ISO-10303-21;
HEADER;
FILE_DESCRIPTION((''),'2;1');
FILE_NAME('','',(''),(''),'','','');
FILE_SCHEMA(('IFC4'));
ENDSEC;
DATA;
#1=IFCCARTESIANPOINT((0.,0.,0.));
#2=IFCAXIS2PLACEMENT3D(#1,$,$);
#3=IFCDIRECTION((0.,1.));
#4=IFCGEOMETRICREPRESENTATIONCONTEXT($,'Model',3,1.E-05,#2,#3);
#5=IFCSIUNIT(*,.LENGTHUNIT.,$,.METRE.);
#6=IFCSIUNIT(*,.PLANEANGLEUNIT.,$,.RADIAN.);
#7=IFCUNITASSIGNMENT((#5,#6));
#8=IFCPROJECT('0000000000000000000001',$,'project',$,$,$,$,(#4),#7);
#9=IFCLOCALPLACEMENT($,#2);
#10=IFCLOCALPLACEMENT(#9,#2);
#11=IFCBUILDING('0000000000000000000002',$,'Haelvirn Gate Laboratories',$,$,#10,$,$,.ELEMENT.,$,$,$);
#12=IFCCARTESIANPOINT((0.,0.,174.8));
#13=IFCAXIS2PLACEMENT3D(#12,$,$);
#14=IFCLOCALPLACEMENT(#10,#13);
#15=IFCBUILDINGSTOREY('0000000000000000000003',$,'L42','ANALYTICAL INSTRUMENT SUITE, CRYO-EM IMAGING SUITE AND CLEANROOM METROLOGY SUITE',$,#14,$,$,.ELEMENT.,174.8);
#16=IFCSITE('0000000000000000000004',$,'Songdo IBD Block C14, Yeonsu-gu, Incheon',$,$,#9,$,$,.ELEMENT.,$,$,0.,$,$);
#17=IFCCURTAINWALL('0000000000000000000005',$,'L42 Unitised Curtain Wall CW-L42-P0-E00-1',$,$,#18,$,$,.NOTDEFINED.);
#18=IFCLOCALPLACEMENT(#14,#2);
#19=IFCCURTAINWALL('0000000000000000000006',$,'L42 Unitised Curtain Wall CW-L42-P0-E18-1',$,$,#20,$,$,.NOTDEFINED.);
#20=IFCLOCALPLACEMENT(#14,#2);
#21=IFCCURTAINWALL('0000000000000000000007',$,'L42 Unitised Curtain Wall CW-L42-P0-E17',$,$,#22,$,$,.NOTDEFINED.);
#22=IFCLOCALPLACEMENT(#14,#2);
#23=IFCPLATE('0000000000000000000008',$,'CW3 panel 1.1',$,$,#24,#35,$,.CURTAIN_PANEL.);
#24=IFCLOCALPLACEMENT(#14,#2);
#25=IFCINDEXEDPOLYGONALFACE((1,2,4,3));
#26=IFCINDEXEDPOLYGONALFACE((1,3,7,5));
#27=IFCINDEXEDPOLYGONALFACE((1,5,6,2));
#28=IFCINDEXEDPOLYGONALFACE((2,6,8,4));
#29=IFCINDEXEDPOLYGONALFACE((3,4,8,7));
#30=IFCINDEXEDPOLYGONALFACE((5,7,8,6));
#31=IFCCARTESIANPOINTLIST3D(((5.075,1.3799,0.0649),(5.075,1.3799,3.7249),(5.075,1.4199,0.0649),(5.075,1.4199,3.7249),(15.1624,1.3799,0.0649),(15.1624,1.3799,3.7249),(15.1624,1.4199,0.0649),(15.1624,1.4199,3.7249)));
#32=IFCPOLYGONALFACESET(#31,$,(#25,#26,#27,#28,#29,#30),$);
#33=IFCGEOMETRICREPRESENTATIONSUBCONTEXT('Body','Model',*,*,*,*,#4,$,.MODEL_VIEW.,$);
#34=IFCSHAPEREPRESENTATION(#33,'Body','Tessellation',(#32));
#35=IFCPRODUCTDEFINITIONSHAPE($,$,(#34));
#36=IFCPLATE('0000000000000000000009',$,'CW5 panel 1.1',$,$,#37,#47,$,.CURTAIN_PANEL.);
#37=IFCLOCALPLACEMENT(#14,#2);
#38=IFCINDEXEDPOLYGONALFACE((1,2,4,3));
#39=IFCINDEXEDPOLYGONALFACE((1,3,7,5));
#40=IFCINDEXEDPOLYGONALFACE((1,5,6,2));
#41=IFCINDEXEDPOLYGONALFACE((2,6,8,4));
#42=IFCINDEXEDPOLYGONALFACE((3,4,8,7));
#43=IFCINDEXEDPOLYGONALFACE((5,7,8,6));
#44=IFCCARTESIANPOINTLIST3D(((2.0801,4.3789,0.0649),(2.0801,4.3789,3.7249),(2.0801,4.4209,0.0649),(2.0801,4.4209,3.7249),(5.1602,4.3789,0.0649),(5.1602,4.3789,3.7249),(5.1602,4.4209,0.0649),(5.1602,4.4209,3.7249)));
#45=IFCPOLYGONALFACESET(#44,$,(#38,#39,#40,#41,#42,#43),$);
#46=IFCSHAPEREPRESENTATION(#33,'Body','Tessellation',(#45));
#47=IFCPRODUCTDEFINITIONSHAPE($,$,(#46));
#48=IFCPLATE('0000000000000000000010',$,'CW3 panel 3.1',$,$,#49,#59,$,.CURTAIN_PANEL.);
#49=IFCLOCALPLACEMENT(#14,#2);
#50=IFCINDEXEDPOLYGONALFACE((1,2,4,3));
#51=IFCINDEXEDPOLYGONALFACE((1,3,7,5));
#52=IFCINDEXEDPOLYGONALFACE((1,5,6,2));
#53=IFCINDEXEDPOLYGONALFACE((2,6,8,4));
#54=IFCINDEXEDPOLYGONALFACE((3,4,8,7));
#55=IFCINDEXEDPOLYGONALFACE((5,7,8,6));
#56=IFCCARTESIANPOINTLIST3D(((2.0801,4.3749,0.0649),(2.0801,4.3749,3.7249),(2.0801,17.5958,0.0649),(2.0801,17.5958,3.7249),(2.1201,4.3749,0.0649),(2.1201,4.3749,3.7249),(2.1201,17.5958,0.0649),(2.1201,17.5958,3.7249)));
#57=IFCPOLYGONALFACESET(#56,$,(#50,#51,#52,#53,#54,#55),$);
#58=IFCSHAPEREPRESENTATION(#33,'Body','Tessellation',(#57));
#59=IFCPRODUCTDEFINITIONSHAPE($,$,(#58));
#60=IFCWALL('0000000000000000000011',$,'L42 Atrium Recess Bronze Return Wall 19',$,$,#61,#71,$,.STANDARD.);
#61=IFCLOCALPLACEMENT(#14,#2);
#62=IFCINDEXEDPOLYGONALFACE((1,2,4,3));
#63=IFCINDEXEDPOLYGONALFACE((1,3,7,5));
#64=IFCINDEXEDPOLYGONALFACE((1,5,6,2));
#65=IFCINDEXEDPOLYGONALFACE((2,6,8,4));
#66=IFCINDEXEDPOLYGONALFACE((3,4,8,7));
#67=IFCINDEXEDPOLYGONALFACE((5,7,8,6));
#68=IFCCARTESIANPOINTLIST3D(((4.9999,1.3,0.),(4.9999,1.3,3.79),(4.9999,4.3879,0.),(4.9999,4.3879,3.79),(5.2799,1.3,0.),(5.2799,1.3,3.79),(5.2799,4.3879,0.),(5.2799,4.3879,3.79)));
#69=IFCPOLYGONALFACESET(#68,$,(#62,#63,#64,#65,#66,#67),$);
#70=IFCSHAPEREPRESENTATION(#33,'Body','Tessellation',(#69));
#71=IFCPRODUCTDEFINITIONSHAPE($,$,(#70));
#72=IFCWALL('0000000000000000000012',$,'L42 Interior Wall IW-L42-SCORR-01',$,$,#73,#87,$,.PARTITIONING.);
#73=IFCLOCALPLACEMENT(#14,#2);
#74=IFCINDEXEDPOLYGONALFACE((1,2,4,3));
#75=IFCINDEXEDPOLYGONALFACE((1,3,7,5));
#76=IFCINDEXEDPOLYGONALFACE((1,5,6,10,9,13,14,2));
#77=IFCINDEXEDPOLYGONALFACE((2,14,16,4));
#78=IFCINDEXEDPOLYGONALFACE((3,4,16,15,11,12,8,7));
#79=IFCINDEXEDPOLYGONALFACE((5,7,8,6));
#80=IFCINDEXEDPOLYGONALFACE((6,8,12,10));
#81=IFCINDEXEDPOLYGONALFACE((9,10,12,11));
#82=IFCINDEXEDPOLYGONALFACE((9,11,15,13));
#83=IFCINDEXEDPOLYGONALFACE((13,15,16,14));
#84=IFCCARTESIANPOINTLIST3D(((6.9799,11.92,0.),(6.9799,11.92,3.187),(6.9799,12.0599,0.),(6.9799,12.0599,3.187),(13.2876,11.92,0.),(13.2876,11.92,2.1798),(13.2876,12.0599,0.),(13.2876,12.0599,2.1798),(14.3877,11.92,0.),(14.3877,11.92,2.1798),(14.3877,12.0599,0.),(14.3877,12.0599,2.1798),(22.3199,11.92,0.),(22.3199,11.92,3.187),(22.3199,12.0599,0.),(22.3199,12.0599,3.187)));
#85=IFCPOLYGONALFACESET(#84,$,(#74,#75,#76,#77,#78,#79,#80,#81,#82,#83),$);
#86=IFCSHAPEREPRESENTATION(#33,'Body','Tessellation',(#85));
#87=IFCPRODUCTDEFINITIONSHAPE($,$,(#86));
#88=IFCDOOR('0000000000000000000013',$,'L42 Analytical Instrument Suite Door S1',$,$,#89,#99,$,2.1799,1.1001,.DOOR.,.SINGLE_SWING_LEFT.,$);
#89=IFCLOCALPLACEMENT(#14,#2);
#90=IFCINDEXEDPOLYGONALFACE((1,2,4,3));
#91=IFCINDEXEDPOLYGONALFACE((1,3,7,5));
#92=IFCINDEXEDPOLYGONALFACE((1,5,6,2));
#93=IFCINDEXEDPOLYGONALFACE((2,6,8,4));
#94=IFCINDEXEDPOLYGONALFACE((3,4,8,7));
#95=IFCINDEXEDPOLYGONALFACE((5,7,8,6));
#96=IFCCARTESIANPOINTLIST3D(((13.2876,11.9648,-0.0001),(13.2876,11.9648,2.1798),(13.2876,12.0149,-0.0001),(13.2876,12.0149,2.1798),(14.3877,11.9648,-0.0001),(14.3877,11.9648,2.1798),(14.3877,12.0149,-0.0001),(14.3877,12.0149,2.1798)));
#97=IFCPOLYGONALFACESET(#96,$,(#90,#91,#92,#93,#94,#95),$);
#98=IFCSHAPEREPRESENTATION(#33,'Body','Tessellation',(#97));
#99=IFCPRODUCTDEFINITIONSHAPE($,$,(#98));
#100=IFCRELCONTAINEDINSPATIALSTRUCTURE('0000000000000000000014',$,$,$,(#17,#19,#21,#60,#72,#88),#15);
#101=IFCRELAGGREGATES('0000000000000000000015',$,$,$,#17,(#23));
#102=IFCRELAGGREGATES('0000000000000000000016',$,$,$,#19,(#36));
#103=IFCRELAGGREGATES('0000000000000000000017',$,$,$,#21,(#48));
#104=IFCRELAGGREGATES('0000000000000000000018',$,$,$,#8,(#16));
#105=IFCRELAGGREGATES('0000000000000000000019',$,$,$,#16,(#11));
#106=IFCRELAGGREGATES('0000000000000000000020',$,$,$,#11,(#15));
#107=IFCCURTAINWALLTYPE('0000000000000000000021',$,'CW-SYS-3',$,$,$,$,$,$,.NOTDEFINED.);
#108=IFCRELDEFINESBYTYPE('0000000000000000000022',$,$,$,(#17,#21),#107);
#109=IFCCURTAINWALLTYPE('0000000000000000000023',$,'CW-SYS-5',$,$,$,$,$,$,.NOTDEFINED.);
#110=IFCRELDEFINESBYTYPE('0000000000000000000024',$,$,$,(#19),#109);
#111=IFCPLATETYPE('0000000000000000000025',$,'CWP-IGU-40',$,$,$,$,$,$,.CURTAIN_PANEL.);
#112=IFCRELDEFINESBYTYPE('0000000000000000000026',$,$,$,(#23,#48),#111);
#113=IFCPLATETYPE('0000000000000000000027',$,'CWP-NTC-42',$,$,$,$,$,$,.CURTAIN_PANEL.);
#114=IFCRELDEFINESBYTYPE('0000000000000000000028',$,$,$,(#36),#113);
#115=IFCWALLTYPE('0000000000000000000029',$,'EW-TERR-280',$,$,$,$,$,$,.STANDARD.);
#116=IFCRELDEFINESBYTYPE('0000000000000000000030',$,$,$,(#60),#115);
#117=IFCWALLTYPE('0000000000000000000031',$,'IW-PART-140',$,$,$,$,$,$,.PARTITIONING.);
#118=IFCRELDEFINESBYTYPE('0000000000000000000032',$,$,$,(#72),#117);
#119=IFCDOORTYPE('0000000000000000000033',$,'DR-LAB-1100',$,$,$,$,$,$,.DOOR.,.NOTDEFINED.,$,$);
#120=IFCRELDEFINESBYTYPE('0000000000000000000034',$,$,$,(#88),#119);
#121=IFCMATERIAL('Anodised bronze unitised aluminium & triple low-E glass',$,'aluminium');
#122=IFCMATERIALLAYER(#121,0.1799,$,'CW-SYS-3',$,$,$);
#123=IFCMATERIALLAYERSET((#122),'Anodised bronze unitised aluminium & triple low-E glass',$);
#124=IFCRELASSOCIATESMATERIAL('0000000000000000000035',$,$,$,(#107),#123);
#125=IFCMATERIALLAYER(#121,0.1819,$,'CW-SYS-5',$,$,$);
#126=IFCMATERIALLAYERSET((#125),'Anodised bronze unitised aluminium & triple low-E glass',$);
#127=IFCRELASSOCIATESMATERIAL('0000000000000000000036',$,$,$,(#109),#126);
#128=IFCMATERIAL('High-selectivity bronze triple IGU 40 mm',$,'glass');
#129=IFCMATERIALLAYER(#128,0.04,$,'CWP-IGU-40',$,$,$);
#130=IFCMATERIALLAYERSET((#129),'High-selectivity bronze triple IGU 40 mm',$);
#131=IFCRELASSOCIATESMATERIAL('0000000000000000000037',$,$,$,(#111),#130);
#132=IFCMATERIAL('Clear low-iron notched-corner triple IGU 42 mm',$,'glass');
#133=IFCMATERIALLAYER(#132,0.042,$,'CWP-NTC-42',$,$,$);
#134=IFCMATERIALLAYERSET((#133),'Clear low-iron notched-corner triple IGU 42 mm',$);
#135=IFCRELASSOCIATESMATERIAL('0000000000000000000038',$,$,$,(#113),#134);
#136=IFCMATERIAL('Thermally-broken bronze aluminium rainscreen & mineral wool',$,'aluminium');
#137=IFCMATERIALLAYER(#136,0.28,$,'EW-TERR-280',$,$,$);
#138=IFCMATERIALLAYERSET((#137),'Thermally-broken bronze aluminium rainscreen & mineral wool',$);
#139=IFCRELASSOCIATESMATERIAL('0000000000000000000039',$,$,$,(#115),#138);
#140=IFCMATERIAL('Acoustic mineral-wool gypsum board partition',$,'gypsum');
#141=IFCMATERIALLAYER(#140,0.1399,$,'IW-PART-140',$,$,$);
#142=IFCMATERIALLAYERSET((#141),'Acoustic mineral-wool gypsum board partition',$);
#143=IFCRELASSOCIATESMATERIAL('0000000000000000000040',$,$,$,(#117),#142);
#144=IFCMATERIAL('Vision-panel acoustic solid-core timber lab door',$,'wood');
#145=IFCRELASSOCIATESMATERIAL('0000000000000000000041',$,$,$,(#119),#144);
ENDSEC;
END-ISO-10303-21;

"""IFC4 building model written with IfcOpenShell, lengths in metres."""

from ifc_helpers import new_model, si_unit, direction, frame, frame_2d, origin, origin_2d, place, context, subcontext, project, spatial, rectangle, extrude, source, transform, mapped, material, layer, layer_set, type_object, type_shapes, element, fill, aggregate, save


model = new_model("IFC4")

# Units and contexts
model_context = context("Model", 3, precision=1e-05, world=origin(), true_north=direction((0.0, 1.0)))
body_context = subcontext(model_context, "Body", "Model", "MODEL_VIEW")
ifc_project = project(units=[si_unit("LENGTHUNIT", "METRE"), si_unit("PLANEANGLEUNIT", "RADIAN")], contexts=[model_context])

# Site, building, storey
site_placement = place(None, origin())
site = spatial("IfcSite", under=ifc_project, at=site_placement, Name="Songdo IBD Block C14, Yeonsu-gu, Incheon", CompositionType="ELEMENT", RefElevation=0.0)
building_placement = place(site_placement, origin())
building = spatial("IfcBuilding", under=site, at=building_placement, Name="Haelvirn Gate Laboratories", CompositionType="ELEMENT")
storey_placement = place(building_placement, frame((0.0, 0.0, 174.8)))
storey = spatial("IfcBuildingStorey", under=building, at=storey_placement, Name="L42", Description="ANALYTICAL INSTRUMENT SUITE, CRYO-EM IMAGING SUITE AND CLEANROOM METROLOGY SUITE", CompositionType="ELEMENT", Elevation=174.8)

# Curtain walls
ifc_material_1 = material(Name="Anodised bronze unitised aluminium & triple low-E glass", Category="aluminium")
ifc_layer_1 = layer(ifc_material_1, 0.1799, Name="CW-SYS-3")
ifc_layer_set_1 = layer_set([ifc_layer_1], Name="Anodised bronze unitised aluminium & triple low-E glass")
curtain_wall_type_1 = type_object("IfcCurtainWallType", Name="CW-SYS-3", PredefinedType="NOTDEFINED", material=ifc_layer_set_1)
curtain_wall_1_placement = place(storey_placement, origin())
curtain_wall_1 = element("IfcCurtainWall", 1, at=curtain_wall_1_placement, inside=storey, type_object=curtain_wall_type_1, Name="L42 Unitised Curtain Wall CW-L42-P0-E00-1", PredefinedType="NOTDEFINED")
ifc_layer_2 = layer(ifc_material_1, 0.1819, Name="CW-SYS-5")
ifc_layer_set_2 = layer_set([ifc_layer_2], Name="Anodised bronze unitised aluminium & triple low-E glass")
curtain_wall_type_2 = type_object("IfcCurtainWallType", Name="CW-SYS-5", PredefinedType="NOTDEFINED", material=ifc_layer_set_2)
curtain_wall_2_placement = place(storey_placement, origin())
curtain_wall_2 = element("IfcCurtainWall", 2, at=curtain_wall_2_placement, inside=storey, type_object=curtain_wall_type_2, Name="L42 Unitised Curtain Wall CW-L42-P0-E18-1", PredefinedType="NOTDEFINED")

# Curtain wall
curtain_wall_3_placement = place(storey_placement, origin())
curtain_wall_3 = element("IfcCurtainWall", 3, at=curtain_wall_3_placement, inside=storey, type_object=curtain_wall_type_1, Name="L42 Unitised Curtain Wall CW-L42-P0-E17", PredefinedType="NOTDEFINED")

# Plates
ifc_material_2 = material(Name="High-selectivity bronze triple IGU 40 mm", Category="glass")
ifc_layer_3 = layer(ifc_material_2, 0.04, Name="CWP-IGU-40")
ifc_layer_set_3 = layer_set([ifc_layer_3], Name="High-selectivity bronze triple IGU 40 mm")
plate_type_1 = type_object("IfcPlateType", Name="CWP-IGU-40", PredefinedType="CURTAIN_PANEL", material=ifc_layer_set_3)
shared_shape_1 = source(origin(), body_context, "Body", "SweptSolid", [
    extrude(rectangle(XDim=10.0874, YDim=0.04, at=origin_2d()), origin(), (0.0, 0.0, 1.0), 3.6599),
])
plate_1_placement = place(storey_placement, frame((10.1187, 1.3999, 0.0649), z_axis=(0.0, 0.0, 1.0), x_axis=(1.0, 0.0, 0.0)))
plate_1 = element("IfcPlate", 4, at=plate_1_placement, type_object=plate_type_1, Name="CW3 panel 1.1", PredefinedType="CURTAIN_PANEL", context=body_context, shape_type="MappedRepresentation", body=[
    mapped(shared_shape_1, transform((0.0, 0.0, 0.0), scale=1.0)),
])
aggregate(curtain_wall_1, [plate_1])
ifc_material_3 = material(Name="Clear low-iron notched-corner triple IGU 42 mm", Category="glass")
ifc_layer_4 = layer(ifc_material_3, 0.042, Name="CWP-NTC-42")
ifc_layer_set_4 = layer_set([ifc_layer_4], Name="Clear low-iron notched-corner triple IGU 42 mm")
plate_type_2 = type_object("IfcPlateType", Name="CWP-NTC-42", PredefinedType="CURTAIN_PANEL", material=ifc_layer_set_4)
shared_shape_2 = source(origin(), body_context, "Body", "SweptSolid", [
    extrude(rectangle(XDim=3.0801, YDim=0.042, at=origin_2d()), origin(), (0.0, 0.0, 1.0), 3.6599),
])
type_shapes(plate_type_2, [shared_shape_2])
plate_2_placement = place(storey_placement, frame((3.6201, 4.3999, 0.0649), z_axis=(0.0, 0.0, 1.0), x_axis=(1.0, 0.0, 0.0)))
plate_2 = element("IfcPlate", 5, at=plate_2_placement, type_object=plate_type_2, Name="CW5 panel 1.1", PredefinedType="CURTAIN_PANEL", context=body_context, shape_type="MappedRepresentation", body=[
    mapped(shared_shape_2, transform((0.0, 0.0, 0.0), scale=1.0)),
])
aggregate(curtain_wall_2, [plate_2])
shared_shape_3 = source(origin(), body_context, "Body", "SweptSolid", [
    extrude(rectangle(XDim=13.2209, YDim=0.04, at=origin_2d()), origin(), (0.0, 0.0, 1.0), 3.6599),
])
type_shapes(plate_type_1, [shared_shape_1, shared_shape_3])
plate_3_placement = place(storey_placement, frame((2.1001, 10.9854, 0.0649), z_axis=(0.0, 0.0, 1.0), x_axis=(0.0, -1.0, 0.0)))
plate_3 = element("IfcPlate", 6, at=plate_3_placement, type_object=plate_type_1, Name="CW3 panel 3.1", PredefinedType="CURTAIN_PANEL", context=body_context, shape_type="MappedRepresentation", body=[
    mapped(shared_shape_3, transform((0.0, 0.0, 0.0), scale=1.0)),
])
aggregate(curtain_wall_3, [plate_3])

# Wall
ifc_material_4 = material(Name="Thermally-broken bronze aluminium rainscreen & mineral wool", Category="aluminium")
ifc_layer_5 = layer(ifc_material_4, 0.28, Name="EW-TERR-280")
ifc_layer_set_5 = layer_set([ifc_layer_5], Name="Thermally-broken bronze aluminium rainscreen & mineral wool")
wall_type_1 = type_object("IfcWallType", Name="EW-TERR-280", PredefinedType="STANDARD", material=ifc_layer_set_5)
wall_1_placement = place(storey_placement, frame((5.1399, 4.3879, 0.0), z_axis=(0.0, 0.0, 1.0), x_axis=(0.0, -1.0, 0.0)))
element("IfcWall", 7, at=wall_1_placement, inside=storey, type_object=wall_type_1, Name="L42 Atrium Recess Bronze Return Wall 19", PredefinedType="STANDARD", context=body_context, shape_type="SweptSolid", body=[
    extrude(rectangle(XDim=3.0879, YDim=0.28, at=frame_2d((1.5439, 0.0))), origin(), (0.0, 0.0, 1.0), 3.79),
])

# Wall, opening, door
ifc_material_5 = material(Name="Acoustic mineral-wool gypsum board partition", Category="gypsum")
ifc_layer_6 = layer(ifc_material_5, 0.1399, Name="IW-PART-140")
ifc_layer_set_6 = layer_set([ifc_layer_6], Name="Acoustic mineral-wool gypsum board partition")
wall_type_2 = type_object("IfcWallType", Name="IW-PART-140", PredefinedType="PARTITIONING", material=ifc_layer_set_6)
wall_2_placement = place(storey_placement, frame((6.98, 11.99, 0.0), z_axis=(0.0, 0.0, 1.0), x_axis=(1.0, 0.0, 0.0)))
wall_2 = element("IfcWall", 8, at=wall_2_placement, inside=storey, type_object=wall_type_2, Name="L42 Interior Wall IW-L42-SCORR-01", PredefinedType="PARTITIONING", context=body_context, shape_type="SweptSolid", body=[
    extrude(rectangle(XDim=15.3401, YDim=0.1399, at=frame_2d((7.6699, 0.0))), origin(), (0.0, 0.0, 1.0), 3.187),
])
opening_placement = place(wall_2_placement, frame((6.3076, 0.0, 0.0)))
opening = element("IfcOpeningElement", 9, at=opening_placement, cuts=wall_2, PredefinedType="OPENING", context=body_context, shape_type="SweptSolid", body=[
    extrude(rectangle(XDim=1.1001, YDim=2.1799, at=frame_2d((0.55, 1.0898))), frame((0.0, 0.0801, 0.0), z_axis=(0.0, -1.0, 0.0), x_axis=(1.0, 0.0, 0.0)), (0.0, 0.0, 1.0), 0.1599),
])
ifc_material_6 = material(Name="Vision-panel acoustic solid-core timber lab door", Category="wood")
door_type = type_object("IfcDoorType", Name="DR-LAB-1100", OperationType="NOTDEFINED", PredefinedType="DOOR", material=ifc_material_6)
shared_shape_4 = source(origin(), body_context, "Body", "SweptSolid", [
    extrude(rectangle(XDim=1.1001, YDim=2.1799, at=frame_2d((0.55, 1.0898))), frame((0.0, 0.0249, 0.0), z_axis=(0.0, -1.0, 0.0), x_axis=(1.0, 0.0, 0.0)), (0.0, 0.0, 1.0), 0.05),
])
type_shapes(door_type, [shared_shape_4])
door_placement = place(opening_placement, origin())
door = element("IfcDoor", 10, at=door_placement, inside=storey, type_object=door_type, Name="L42 Analytical Instrument Suite Door S1", OperationType="SINGLE_SWING_LEFT", OverallHeight=2.1799, OverallWidth=1.1001, PredefinedType="DOOR", context=body_context, shape_type="MappedRepresentation", body=[
    mapped(shared_shape_4, transform((0.0, 0.0, 0.0), scale=1.0)),
])
fill(opening, door)

save(model, "model.ifc")
